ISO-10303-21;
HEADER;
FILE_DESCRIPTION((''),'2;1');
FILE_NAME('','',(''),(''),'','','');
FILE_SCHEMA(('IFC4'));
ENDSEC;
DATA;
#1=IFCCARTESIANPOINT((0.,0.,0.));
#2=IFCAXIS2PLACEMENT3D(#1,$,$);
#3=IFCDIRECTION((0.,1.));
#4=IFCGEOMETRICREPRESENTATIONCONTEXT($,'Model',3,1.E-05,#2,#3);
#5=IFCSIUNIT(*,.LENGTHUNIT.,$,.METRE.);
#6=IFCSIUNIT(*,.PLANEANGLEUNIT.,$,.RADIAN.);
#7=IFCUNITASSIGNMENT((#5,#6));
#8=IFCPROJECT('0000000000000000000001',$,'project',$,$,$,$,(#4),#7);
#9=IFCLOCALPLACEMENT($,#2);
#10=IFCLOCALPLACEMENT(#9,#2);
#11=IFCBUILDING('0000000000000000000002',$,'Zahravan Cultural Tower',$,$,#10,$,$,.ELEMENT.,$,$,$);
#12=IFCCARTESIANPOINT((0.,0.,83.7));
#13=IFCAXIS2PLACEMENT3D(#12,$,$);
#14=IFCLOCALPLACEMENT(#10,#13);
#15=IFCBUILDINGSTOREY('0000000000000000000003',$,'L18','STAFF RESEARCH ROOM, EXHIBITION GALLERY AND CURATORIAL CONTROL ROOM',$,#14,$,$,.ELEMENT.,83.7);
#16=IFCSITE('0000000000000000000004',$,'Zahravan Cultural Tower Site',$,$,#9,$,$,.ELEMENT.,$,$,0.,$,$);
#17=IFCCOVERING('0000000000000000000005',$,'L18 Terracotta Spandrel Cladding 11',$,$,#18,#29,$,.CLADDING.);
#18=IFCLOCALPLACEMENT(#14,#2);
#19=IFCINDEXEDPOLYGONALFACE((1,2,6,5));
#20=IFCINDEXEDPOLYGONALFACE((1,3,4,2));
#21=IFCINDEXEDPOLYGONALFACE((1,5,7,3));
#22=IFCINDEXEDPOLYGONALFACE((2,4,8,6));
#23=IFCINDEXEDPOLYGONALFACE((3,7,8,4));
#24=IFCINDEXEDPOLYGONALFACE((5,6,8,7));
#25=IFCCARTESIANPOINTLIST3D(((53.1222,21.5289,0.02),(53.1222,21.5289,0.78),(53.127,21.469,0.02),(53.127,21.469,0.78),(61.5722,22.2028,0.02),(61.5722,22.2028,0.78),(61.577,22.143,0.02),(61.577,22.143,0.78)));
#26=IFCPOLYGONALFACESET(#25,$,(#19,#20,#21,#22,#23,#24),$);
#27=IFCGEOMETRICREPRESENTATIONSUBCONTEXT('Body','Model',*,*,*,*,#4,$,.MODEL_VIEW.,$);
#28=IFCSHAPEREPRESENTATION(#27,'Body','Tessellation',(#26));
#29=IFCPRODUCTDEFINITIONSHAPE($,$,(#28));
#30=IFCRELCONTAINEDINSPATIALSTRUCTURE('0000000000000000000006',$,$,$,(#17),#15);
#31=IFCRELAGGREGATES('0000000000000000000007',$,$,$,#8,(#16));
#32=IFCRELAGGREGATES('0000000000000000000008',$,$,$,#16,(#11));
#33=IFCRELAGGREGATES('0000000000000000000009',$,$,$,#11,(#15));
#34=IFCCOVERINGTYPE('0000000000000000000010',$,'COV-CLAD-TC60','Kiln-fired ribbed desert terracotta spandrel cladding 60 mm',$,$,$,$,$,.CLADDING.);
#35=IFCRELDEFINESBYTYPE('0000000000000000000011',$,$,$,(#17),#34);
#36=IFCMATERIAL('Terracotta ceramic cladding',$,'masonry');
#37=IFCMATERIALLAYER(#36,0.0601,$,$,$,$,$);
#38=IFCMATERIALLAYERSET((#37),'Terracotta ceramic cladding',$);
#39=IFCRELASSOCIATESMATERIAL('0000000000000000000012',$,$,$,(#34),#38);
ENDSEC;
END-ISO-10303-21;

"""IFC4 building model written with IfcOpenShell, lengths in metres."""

from ifc_helpers import new_model, si_unit, direction, frame, origin, origin_2d, place, context, subcontext, project, spatial, rectangle, extrude, source, transform, mapped, material, layer, layer_set, type_object, element, save


model = new_model("IFC4")

# Units and contexts
model_context = context("Model", 3, precision=1e-05, world=origin(), true_north=direction((0.0, 1.0)))
body_context = subcontext(model_context, "Body", "Model", "MODEL_VIEW")
ifc_project = project(units=[si_unit("LENGTHUNIT", "METRE"), si_unit("PLANEANGLEUNIT", "RADIAN")], contexts=[model_context])

# Site, building, storey
site_placement = place(None, origin())
site = spatial("IfcSite", under=ifc_project, at=site_placement, Name="Zahravan Cultural Tower Site", CompositionType="ELEMENT", RefElevation=0.0)
building_placement = place(site_placement, origin())
building = spatial("IfcBuilding", under=site, at=building_placement, Name="Zahravan Cultural Tower", CompositionType="ELEMENT")
storey_placement = place(building_placement, frame((0.0, 0.0, 83.7)))
storey = spatial("IfcBuildingStorey", under=building, at=storey_placement, Name="L18", Description="STAFF RESEARCH ROOM, EXHIBITION GALLERY AND CURATORIAL CONTROL ROOM", CompositionType="ELEMENT", Elevation=83.7)

# Covering
ifc_material_1 = material(Name="Terracotta ceramic cladding", Category="masonry")
ifc_layer_1 = layer(ifc_material_1, 0.0601)
ifc_layer_set_1 = layer_set([ifc_layer_1], Name="Terracotta ceramic cladding")
covering_type = type_object("IfcCoveringType", Name="COV-CLAD-TC60", Description="Kiln-fired ribbed desert terracotta spandrel cladding 60 mm", PredefinedType="CLADDING", material=ifc_layer_set_1)
shared_shape_1 = source(origin(), body_context, "Body", "SweptSolid", [
    extrude(rectangle(XDim=8.4768, YDim=0.0601, at=origin_2d()), origin(), (0.0, 0.0, 1.0), 0.76),
])
covering_placement = place(storey_placement, frame((57.3496, 21.8359, 0.02), z_axis=(0.0, 0.0, 1.0), x_axis=(-0.996835, -0.079503, 0.0)))
element("IfcCovering", 1, at=covering_placement, inside=storey, type_object=covering_type, Name="L18 Terracotta Spandrel Cladding 11", PredefinedType="CLADDING", context=body_context, shape_type="MappedRepresentation", body=[
    mapped(shared_shape_1, transform((0.0, 0.0, 0.0), x_axis=(1.0, 0.0, 0.0), y_axis=(0.0, 1.0, 0.0), z_axis=(0.0, 0.0, 1.0), scale=1.0)),
])

save(model, "model.ifc")
